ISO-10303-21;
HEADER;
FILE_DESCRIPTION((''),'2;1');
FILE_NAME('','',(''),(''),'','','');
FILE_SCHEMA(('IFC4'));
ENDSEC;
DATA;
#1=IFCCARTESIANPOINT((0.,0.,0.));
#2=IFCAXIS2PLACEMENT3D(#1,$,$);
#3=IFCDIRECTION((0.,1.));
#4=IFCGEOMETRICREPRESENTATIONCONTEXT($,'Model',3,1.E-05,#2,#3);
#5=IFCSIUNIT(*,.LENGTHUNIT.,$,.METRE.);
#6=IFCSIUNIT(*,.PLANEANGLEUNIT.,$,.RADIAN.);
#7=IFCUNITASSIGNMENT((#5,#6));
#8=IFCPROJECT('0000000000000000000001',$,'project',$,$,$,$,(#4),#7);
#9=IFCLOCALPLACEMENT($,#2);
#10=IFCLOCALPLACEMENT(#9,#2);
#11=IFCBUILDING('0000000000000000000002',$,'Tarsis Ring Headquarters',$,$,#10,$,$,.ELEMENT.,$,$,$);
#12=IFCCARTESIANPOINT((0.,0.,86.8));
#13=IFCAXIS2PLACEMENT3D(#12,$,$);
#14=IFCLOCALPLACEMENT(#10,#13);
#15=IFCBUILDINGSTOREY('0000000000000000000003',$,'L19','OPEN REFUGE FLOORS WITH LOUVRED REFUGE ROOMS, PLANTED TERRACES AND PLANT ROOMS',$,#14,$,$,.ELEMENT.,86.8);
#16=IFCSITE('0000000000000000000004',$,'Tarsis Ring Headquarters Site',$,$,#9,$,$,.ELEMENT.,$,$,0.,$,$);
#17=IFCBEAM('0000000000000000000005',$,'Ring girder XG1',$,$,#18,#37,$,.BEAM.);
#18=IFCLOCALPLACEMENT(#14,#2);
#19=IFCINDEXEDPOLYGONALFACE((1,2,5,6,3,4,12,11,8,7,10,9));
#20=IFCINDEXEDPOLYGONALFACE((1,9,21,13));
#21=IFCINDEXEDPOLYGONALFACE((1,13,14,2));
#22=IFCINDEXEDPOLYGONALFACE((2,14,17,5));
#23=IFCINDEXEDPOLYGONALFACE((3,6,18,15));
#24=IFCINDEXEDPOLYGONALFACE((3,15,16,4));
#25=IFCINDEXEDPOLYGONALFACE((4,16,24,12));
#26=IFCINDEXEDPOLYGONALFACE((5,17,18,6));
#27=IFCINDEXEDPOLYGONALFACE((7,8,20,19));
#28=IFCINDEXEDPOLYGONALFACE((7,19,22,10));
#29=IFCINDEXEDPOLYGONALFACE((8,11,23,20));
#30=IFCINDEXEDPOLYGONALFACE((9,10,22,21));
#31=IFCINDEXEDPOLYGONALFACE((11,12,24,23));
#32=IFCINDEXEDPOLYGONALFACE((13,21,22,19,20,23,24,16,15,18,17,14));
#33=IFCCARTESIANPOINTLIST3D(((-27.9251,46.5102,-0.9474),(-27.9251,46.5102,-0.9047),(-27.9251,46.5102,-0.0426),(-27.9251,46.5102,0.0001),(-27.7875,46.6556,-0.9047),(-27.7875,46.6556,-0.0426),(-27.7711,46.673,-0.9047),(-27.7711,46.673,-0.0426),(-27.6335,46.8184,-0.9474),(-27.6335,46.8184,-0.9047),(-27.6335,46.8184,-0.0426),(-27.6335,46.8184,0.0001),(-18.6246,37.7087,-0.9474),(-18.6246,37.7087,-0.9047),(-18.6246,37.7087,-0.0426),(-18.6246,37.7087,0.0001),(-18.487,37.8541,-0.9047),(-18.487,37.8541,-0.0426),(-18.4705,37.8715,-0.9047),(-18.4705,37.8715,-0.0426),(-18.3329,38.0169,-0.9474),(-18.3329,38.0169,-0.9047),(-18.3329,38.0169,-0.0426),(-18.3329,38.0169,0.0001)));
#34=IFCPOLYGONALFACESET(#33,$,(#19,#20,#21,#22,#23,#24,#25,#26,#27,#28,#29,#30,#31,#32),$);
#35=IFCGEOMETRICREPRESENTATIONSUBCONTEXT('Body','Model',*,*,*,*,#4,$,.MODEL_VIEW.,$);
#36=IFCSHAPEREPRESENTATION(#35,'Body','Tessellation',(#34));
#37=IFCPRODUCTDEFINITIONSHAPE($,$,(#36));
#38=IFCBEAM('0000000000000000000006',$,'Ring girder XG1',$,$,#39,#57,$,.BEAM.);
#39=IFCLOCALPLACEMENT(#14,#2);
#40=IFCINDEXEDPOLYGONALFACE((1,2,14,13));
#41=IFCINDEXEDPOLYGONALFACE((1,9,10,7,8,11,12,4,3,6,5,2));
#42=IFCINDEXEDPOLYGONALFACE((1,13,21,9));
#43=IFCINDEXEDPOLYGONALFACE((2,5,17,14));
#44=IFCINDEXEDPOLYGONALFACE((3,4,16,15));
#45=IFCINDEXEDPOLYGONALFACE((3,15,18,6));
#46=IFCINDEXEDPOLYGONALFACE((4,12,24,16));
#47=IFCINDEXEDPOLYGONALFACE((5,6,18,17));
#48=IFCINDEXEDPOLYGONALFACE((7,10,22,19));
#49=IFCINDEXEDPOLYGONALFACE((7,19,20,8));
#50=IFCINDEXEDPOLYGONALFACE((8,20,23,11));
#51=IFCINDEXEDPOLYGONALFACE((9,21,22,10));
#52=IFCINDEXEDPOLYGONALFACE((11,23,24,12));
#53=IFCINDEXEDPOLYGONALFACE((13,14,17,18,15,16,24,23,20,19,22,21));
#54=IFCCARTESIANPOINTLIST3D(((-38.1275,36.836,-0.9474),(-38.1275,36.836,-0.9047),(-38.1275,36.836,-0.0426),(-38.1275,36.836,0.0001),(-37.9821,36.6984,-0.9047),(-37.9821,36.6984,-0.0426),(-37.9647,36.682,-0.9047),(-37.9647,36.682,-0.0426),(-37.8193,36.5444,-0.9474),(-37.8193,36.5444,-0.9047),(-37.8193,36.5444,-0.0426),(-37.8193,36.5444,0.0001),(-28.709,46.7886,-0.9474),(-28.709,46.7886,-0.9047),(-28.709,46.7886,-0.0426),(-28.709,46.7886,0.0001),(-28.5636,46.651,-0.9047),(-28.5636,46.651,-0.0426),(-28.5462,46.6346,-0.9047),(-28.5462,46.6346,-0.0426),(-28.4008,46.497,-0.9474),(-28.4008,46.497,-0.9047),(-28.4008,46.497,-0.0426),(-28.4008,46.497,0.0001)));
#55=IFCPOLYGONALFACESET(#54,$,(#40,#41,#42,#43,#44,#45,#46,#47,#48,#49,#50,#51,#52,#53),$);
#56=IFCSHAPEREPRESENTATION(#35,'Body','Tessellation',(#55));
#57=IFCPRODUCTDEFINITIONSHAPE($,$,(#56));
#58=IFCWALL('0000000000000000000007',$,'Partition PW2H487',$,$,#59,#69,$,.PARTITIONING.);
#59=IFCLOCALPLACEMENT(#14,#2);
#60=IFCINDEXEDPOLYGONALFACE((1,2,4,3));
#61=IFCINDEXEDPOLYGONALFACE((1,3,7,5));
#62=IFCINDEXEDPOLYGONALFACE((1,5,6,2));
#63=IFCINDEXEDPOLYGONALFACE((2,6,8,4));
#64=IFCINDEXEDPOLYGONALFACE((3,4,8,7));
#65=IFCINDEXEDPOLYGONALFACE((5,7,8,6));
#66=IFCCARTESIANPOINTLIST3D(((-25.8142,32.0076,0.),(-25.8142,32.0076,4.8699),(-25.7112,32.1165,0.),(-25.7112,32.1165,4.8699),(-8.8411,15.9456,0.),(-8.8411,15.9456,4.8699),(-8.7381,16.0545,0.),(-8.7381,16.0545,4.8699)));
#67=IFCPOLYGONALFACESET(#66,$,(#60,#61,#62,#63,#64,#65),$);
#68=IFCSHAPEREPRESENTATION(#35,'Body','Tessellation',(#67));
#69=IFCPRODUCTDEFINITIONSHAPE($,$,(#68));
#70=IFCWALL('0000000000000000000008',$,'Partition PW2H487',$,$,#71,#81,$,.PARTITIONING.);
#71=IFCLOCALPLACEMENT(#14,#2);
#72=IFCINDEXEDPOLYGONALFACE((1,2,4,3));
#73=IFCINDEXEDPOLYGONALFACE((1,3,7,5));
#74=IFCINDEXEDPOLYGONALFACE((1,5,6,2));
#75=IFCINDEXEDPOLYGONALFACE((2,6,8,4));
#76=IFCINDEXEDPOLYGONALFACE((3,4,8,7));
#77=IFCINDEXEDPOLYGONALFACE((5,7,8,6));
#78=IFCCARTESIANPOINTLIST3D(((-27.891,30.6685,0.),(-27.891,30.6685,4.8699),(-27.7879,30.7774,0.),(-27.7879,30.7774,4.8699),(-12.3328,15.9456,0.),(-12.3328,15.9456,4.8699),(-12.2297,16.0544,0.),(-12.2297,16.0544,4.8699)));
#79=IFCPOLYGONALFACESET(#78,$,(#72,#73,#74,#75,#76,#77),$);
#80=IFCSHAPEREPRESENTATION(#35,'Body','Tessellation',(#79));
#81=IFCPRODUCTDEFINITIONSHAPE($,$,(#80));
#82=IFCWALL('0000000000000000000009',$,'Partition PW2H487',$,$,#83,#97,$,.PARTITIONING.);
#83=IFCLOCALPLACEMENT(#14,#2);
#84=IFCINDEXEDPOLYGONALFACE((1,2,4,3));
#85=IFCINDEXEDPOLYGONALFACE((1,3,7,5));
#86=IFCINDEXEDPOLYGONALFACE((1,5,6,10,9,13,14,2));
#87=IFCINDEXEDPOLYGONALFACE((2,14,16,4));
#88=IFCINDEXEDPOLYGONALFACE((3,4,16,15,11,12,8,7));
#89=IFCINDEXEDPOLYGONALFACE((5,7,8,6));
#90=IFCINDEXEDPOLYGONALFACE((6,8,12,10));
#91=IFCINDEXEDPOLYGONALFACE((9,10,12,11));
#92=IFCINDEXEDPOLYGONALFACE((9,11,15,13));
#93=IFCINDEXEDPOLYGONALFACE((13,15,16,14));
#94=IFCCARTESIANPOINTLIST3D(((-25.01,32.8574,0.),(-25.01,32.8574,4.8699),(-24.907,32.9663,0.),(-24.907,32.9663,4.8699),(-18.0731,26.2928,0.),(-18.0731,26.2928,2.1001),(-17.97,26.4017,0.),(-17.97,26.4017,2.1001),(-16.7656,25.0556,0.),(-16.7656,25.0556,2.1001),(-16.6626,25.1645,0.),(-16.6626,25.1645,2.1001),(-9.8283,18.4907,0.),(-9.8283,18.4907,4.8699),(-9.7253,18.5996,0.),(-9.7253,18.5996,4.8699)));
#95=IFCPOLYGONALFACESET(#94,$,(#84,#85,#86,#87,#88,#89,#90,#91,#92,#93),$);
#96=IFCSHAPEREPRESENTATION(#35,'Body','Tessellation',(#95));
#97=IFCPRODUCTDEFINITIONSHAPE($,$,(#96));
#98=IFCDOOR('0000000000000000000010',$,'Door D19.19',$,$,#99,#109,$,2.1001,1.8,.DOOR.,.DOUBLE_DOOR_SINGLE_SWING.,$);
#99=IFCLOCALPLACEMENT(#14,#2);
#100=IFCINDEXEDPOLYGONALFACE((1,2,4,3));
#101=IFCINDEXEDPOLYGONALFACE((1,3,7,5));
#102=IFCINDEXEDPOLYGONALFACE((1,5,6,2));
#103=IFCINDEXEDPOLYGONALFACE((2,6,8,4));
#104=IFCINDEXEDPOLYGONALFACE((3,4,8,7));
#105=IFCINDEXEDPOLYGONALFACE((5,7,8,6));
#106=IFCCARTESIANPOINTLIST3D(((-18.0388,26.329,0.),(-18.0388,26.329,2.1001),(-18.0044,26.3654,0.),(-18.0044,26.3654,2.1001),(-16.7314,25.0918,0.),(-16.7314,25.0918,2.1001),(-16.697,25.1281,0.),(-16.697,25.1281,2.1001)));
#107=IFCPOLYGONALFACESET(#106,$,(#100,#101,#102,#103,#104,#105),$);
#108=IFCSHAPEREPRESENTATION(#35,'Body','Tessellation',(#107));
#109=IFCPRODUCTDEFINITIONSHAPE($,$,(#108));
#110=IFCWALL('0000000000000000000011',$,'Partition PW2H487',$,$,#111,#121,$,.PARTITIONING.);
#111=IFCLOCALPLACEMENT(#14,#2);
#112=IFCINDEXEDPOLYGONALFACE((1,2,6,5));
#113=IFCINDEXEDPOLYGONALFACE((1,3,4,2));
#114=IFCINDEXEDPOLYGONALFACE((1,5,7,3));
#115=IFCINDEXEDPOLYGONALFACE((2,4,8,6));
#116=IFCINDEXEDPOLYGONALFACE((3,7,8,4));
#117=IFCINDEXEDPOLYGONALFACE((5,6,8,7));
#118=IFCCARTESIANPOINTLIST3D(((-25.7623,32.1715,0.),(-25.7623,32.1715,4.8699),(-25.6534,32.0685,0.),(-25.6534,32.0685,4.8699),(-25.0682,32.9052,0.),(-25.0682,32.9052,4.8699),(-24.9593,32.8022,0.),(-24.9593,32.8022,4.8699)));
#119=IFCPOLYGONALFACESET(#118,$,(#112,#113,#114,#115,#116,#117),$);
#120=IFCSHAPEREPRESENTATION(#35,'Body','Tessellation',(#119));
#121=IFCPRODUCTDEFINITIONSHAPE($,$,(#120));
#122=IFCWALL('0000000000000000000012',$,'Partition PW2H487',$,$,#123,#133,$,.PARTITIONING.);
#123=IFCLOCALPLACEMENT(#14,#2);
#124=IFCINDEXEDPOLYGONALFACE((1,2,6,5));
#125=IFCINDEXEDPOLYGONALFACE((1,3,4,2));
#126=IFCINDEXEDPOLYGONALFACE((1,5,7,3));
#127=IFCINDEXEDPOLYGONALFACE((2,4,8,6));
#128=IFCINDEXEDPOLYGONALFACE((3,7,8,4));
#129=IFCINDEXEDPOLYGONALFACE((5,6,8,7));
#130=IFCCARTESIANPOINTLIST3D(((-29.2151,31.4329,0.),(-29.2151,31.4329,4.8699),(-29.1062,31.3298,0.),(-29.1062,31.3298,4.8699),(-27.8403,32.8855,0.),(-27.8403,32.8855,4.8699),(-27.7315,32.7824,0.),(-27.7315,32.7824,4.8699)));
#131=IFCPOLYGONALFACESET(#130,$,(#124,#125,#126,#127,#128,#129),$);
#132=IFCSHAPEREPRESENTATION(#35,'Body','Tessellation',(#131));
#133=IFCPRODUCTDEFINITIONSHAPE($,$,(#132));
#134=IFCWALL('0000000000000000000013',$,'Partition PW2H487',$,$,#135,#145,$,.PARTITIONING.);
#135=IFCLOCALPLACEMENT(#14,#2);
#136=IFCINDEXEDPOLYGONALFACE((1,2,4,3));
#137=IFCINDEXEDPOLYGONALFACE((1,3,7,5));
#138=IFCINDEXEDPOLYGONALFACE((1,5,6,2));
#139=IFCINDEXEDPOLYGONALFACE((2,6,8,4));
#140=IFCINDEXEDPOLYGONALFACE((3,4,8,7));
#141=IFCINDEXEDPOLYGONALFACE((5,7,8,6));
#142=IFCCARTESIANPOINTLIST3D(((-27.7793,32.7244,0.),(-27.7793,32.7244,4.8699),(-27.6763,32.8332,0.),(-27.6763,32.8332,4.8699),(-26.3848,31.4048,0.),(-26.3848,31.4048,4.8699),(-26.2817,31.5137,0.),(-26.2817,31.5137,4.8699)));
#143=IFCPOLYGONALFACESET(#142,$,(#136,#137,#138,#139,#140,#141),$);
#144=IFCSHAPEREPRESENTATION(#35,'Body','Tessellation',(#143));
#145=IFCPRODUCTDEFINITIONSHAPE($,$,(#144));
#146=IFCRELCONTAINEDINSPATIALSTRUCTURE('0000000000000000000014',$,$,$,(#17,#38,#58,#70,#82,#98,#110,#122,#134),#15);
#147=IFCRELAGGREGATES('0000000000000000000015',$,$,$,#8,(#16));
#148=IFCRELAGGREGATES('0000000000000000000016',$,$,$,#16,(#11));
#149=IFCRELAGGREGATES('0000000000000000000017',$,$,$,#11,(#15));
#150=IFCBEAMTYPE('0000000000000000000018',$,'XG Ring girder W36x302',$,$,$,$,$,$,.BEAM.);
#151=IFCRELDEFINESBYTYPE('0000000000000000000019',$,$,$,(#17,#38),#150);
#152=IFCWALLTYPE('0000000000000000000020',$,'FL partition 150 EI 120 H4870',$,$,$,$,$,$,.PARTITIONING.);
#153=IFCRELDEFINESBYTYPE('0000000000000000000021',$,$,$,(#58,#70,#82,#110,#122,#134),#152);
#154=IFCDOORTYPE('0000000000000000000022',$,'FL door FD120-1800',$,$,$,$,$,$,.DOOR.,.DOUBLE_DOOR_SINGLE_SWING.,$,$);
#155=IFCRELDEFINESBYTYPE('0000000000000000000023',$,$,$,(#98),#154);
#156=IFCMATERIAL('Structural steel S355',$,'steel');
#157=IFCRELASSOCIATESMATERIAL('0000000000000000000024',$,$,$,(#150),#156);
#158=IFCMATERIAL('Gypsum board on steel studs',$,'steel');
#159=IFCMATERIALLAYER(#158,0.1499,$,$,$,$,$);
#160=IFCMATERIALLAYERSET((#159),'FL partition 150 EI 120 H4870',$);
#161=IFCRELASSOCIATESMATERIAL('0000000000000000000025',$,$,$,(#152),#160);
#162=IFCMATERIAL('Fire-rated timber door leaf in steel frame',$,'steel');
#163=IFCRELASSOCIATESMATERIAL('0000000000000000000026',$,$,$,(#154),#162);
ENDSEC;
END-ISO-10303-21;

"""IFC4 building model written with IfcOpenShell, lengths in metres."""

from ifc_helpers import new_model, si_unit, direction, frame, frame_2d, origin, origin_2d, place, context, subcontext, project, spatial, rectangle, i_section, extrude, material, layer, layer_set, material_profile, profile_set, type_object, element, fill, save


model = new_model("IFC4")

# Units and contexts
model_context = context("Model", 3, precision=1e-05, world=origin(), true_north=direction((0.0, 1.0)))
body_context = subcontext(model_context, "Body", "Model", "MODEL_VIEW")
ifc_project = project(units=[si_unit("LENGTHUNIT", "METRE"), si_unit("PLANEANGLEUNIT", "RADIAN")], contexts=[model_context])

# Site, building, storey
site_placement = place(None, origin())
site = spatial("IfcSite", under=ifc_project, at=site_placement, Name="Tarsis Ring Headquarters Site", CompositionType="ELEMENT", RefElevation=0.0)
building_placement = place(site_placement, origin())
building = spatial("IfcBuilding", under=site, at=building_placement, Name="Tarsis Ring Headquarters", CompositionType="ELEMENT")
storey_placement = place(building_placement, frame((0.0, 0.0, 86.8)))
storey = spatial("IfcBuildingStorey", under=building, at=storey_placement, Name="L19", Description="OPEN REFUGE FLOORS WITH LOUVRED REFUGE ROOMS, PLANTED TERRACES AND PLANT ROOMS", CompositionType="ELEMENT", Elevation=86.8)

# Shared definitions
ifc_material_1 = material(Name="Structural steel S355", Category="steel")

# Beams
ifc_material_profile_1 = material_profile(ifc_material_1, i_section(OverallWidth=0.4243, OverallDepth=0.9475, WebThickness=0.0239, FlangeThickness=0.0427, at=origin_2d()), Name="W36x302")
ifc_profile_set_1 = profile_set([ifc_material_profile_1], Name="Structural steel S355")
beam_type_1 = type_object("IfcBeamType", Name="XG Ring girder W36x302", PredefinedType="BEAM", material=ifc_profile_set_1)
beam_1_placement = place(storey_placement, frame((-18.4788, 37.8628, -0.4736), z_axis=(-0.726324, 0.687353, 0.0), x_axis=(-0.687353, -0.726324, 0.0)))
element("IfcBeam", 1, at=beam_1_placement, inside=storey, type_object=beam_type_1, Name="Ring girder XG1", PredefinedType="BEAM", context=body_context, shape_type="SweptSolid", body=[
    extrude(i_section(OverallWidth=0.4243, OverallDepth=0.9475, WebThickness=0.0239, FlangeThickness=0.0427, at=origin_2d()), origin(), (0.0, 0.0, 1.0), 12.8049),
])
beam_2_placement = place(storey_placement, frame((-28.5549, 46.6428, -0.4736), z_axis=(-0.687346, -0.72633, 0.0), x_axis=(0.72633, -0.687346, 0.0)))
element("IfcBeam", 2, at=beam_2_placement, inside=storey, type_object=beam_type_1, Name="Ring girder XG1", PredefinedType="BEAM", context=body_context, shape_type="SweptSolid", body=[
    extrude(i_section(OverallWidth=0.4243, OverallDepth=0.9475, WebThickness=0.0239, FlangeThickness=0.0427, at=origin_2d()), origin(), (0.0, 0.0, 1.0), 13.7026),
])

# Walls
ifc_material_2 = material(Name="Gypsum board on steel studs", Category="steel")
ifc_layer = layer(ifc_material_2, 0.1499)
ifc_layer_set = layer_set([ifc_layer], Name="FL partition 150 EI 120 H4870")
wall_type = type_object("IfcWallType", Name="FL partition 150 EI 120 H4870", PredefinedType="PARTITIONING", material=ifc_layer_set)
wall_1_placement = place(storey_placement, frame((-25.7627, 32.062, 0.0), z_axis=(0.0, 0.0, 1.0), x_axis=(0.726333, -0.687343, 0.0)))
element("IfcWall", 3, at=wall_1_placement, inside=storey, type_object=wall_type, Name="Partition PW2H487", PredefinedType="PARTITIONING", context=body_context, shape_type="SweptSolid", body=[
    extrude(rectangle(XDim=23.3682, YDim=0.1499, at=frame_2d((11.6841, 0.0))), origin(), (0.0, 0.0, 1.0), 4.8699),
])
wall_2_placement = place(storey_placement, frame((-27.8394, 30.7229, 0.0), z_axis=(0.0, 0.0, 1.0), x_axis=(0.726334, -0.687342, 0.0)))
element("IfcWall", 4, at=wall_2_placement, inside=storey, type_object=wall_type, Name="Partition PW2H487", PredefinedType="PARTITIONING", context=body_context, shape_type="SweptSolid", body=[
    extrude(rectangle(XDim=21.4202, YDim=0.1499, at=frame_2d((10.71, 0.0))), origin(), (0.0, 0.0, 1.0), 4.8699),
])

# Wall, opening, door
wall_3_placement = place(storey_placement, frame((-24.9585, 32.9119, 0.0), z_axis=(0.0, 0.0, 1.0), x_axis=(0.726333, -0.687343, 0.0)))
wall_3 = element("IfcWall", 5, at=wall_3_placement, inside=storey, type_object=wall_type, Name="Partition PW2H487", PredefinedType="PARTITIONING", context=body_context, shape_type="SweptSolid", body=[
    extrude(rectangle(XDim=20.9019, YDim=0.1499, at=frame_2d((10.4509, 0.0))), origin(), (0.0, 0.0, 1.0), 4.8699),
])
opening_placement = place(wall_3_placement, frame((9.5508, 0.0, 0.0)))
opening = element("IfcOpeningElement", 6, at=opening_placement, cuts=wall_3, PredefinedType="OPENING", context=body_context, shape_type="SweptSolid", body=[
    extrude(rectangle(XDim=1.8, YDim=2.1001, at=frame_2d((0.8999, 1.05))), frame((0.0, 0.085, 0.0), z_axis=(0.0, -1.0, 0.0), x_axis=(1.0, 0.0, 0.0)), (0.0, 0.0, 1.0), 0.1699),
])
ifc_material_3 = material(Name="Fire-rated timber door leaf in steel frame", Category="steel")
door_type = type_object("IfcDoorType", Name="FL door FD120-1800", OperationType="DOUBLE_DOOR_SINGLE_SWING", PredefinedType="DOOR", material=ifc_material_3)
door_placement = place(opening_placement, origin())
door = element("IfcDoor", 7, at=door_placement, inside=storey, type_object=door_type, Name="Door D19.19", OperationType="DOUBLE_DOOR_SINGLE_SWING", OverallHeight=2.1001, OverallWidth=1.8, PredefinedType="DOOR", context=body_context, shape_type="SweptSolid", body=[
    extrude(rectangle(XDim=1.8, YDim=2.1001, at=frame_2d((0.8999, 1.05))), frame((0.0, 0.0249, 0.0), z_axis=(0.0, -1.0, 0.0), x_axis=(1.0, 0.0, 0.0)), (0.0, 0.0, 1.0), 0.05),
])
fill(opening, door)

# Walls
wall_4_placement = place(storey_placement, frame((-25.7078, 32.1201, 0.0), z_axis=(0.0, 0.0, 1.0), x_axis=(0.687255, 0.726416, 0.0)))
element("IfcWall", 8, at=wall_4_placement, inside=storey, type_object=wall_type, Name="Partition PW2H487", PredefinedType="PARTITIONING", context=body_context, shape_type="SweptSolid", body=[
    extrude(rectangle(XDim=1.01, YDim=0.1499, at=frame_2d((0.5049, 0.0))), origin(), (0.0, 0.0, 1.0), 4.8699),
])
wall_5_placement = place(storey_placement, frame((-29.1606, 31.3813, 0.0), z_axis=(0.0, 0.0, 1.0), x_axis=(0.687369, 0.726309, 0.0)))
element("IfcWall", 9, at=wall_5_placement, inside=storey, type_object=wall_type, Name="Partition PW2H487", PredefinedType="PARTITIONING", context=body_context, shape_type="SweptSolid", body=[
    extrude(rectangle(XDim=2.0, YDim=0.1499, at=frame_2d((1.0, 0.0))), origin(), (0.0, 0.0, 1.0), 4.8699),
])
wall_6_placement = place(storey_placement, frame((-27.7278, 32.7788, 0.0), z_axis=(0.0, 0.0, 1.0), x_axis=(0.726357, -0.687318, 0.0)))
element("IfcWall", 10, at=wall_6_placement, inside=storey, type_object=wall_type, Name="Partition PW2H487", PredefinedType="PARTITIONING", context=body_context, shape_type="SweptSolid", body=[
    extrude(rectangle(XDim=1.9199, YDim=0.1499, at=frame_2d((0.96, 0.0))), origin(), (0.0, 0.0, 1.0), 4.8699),
])

save(model, "model.ifc")
